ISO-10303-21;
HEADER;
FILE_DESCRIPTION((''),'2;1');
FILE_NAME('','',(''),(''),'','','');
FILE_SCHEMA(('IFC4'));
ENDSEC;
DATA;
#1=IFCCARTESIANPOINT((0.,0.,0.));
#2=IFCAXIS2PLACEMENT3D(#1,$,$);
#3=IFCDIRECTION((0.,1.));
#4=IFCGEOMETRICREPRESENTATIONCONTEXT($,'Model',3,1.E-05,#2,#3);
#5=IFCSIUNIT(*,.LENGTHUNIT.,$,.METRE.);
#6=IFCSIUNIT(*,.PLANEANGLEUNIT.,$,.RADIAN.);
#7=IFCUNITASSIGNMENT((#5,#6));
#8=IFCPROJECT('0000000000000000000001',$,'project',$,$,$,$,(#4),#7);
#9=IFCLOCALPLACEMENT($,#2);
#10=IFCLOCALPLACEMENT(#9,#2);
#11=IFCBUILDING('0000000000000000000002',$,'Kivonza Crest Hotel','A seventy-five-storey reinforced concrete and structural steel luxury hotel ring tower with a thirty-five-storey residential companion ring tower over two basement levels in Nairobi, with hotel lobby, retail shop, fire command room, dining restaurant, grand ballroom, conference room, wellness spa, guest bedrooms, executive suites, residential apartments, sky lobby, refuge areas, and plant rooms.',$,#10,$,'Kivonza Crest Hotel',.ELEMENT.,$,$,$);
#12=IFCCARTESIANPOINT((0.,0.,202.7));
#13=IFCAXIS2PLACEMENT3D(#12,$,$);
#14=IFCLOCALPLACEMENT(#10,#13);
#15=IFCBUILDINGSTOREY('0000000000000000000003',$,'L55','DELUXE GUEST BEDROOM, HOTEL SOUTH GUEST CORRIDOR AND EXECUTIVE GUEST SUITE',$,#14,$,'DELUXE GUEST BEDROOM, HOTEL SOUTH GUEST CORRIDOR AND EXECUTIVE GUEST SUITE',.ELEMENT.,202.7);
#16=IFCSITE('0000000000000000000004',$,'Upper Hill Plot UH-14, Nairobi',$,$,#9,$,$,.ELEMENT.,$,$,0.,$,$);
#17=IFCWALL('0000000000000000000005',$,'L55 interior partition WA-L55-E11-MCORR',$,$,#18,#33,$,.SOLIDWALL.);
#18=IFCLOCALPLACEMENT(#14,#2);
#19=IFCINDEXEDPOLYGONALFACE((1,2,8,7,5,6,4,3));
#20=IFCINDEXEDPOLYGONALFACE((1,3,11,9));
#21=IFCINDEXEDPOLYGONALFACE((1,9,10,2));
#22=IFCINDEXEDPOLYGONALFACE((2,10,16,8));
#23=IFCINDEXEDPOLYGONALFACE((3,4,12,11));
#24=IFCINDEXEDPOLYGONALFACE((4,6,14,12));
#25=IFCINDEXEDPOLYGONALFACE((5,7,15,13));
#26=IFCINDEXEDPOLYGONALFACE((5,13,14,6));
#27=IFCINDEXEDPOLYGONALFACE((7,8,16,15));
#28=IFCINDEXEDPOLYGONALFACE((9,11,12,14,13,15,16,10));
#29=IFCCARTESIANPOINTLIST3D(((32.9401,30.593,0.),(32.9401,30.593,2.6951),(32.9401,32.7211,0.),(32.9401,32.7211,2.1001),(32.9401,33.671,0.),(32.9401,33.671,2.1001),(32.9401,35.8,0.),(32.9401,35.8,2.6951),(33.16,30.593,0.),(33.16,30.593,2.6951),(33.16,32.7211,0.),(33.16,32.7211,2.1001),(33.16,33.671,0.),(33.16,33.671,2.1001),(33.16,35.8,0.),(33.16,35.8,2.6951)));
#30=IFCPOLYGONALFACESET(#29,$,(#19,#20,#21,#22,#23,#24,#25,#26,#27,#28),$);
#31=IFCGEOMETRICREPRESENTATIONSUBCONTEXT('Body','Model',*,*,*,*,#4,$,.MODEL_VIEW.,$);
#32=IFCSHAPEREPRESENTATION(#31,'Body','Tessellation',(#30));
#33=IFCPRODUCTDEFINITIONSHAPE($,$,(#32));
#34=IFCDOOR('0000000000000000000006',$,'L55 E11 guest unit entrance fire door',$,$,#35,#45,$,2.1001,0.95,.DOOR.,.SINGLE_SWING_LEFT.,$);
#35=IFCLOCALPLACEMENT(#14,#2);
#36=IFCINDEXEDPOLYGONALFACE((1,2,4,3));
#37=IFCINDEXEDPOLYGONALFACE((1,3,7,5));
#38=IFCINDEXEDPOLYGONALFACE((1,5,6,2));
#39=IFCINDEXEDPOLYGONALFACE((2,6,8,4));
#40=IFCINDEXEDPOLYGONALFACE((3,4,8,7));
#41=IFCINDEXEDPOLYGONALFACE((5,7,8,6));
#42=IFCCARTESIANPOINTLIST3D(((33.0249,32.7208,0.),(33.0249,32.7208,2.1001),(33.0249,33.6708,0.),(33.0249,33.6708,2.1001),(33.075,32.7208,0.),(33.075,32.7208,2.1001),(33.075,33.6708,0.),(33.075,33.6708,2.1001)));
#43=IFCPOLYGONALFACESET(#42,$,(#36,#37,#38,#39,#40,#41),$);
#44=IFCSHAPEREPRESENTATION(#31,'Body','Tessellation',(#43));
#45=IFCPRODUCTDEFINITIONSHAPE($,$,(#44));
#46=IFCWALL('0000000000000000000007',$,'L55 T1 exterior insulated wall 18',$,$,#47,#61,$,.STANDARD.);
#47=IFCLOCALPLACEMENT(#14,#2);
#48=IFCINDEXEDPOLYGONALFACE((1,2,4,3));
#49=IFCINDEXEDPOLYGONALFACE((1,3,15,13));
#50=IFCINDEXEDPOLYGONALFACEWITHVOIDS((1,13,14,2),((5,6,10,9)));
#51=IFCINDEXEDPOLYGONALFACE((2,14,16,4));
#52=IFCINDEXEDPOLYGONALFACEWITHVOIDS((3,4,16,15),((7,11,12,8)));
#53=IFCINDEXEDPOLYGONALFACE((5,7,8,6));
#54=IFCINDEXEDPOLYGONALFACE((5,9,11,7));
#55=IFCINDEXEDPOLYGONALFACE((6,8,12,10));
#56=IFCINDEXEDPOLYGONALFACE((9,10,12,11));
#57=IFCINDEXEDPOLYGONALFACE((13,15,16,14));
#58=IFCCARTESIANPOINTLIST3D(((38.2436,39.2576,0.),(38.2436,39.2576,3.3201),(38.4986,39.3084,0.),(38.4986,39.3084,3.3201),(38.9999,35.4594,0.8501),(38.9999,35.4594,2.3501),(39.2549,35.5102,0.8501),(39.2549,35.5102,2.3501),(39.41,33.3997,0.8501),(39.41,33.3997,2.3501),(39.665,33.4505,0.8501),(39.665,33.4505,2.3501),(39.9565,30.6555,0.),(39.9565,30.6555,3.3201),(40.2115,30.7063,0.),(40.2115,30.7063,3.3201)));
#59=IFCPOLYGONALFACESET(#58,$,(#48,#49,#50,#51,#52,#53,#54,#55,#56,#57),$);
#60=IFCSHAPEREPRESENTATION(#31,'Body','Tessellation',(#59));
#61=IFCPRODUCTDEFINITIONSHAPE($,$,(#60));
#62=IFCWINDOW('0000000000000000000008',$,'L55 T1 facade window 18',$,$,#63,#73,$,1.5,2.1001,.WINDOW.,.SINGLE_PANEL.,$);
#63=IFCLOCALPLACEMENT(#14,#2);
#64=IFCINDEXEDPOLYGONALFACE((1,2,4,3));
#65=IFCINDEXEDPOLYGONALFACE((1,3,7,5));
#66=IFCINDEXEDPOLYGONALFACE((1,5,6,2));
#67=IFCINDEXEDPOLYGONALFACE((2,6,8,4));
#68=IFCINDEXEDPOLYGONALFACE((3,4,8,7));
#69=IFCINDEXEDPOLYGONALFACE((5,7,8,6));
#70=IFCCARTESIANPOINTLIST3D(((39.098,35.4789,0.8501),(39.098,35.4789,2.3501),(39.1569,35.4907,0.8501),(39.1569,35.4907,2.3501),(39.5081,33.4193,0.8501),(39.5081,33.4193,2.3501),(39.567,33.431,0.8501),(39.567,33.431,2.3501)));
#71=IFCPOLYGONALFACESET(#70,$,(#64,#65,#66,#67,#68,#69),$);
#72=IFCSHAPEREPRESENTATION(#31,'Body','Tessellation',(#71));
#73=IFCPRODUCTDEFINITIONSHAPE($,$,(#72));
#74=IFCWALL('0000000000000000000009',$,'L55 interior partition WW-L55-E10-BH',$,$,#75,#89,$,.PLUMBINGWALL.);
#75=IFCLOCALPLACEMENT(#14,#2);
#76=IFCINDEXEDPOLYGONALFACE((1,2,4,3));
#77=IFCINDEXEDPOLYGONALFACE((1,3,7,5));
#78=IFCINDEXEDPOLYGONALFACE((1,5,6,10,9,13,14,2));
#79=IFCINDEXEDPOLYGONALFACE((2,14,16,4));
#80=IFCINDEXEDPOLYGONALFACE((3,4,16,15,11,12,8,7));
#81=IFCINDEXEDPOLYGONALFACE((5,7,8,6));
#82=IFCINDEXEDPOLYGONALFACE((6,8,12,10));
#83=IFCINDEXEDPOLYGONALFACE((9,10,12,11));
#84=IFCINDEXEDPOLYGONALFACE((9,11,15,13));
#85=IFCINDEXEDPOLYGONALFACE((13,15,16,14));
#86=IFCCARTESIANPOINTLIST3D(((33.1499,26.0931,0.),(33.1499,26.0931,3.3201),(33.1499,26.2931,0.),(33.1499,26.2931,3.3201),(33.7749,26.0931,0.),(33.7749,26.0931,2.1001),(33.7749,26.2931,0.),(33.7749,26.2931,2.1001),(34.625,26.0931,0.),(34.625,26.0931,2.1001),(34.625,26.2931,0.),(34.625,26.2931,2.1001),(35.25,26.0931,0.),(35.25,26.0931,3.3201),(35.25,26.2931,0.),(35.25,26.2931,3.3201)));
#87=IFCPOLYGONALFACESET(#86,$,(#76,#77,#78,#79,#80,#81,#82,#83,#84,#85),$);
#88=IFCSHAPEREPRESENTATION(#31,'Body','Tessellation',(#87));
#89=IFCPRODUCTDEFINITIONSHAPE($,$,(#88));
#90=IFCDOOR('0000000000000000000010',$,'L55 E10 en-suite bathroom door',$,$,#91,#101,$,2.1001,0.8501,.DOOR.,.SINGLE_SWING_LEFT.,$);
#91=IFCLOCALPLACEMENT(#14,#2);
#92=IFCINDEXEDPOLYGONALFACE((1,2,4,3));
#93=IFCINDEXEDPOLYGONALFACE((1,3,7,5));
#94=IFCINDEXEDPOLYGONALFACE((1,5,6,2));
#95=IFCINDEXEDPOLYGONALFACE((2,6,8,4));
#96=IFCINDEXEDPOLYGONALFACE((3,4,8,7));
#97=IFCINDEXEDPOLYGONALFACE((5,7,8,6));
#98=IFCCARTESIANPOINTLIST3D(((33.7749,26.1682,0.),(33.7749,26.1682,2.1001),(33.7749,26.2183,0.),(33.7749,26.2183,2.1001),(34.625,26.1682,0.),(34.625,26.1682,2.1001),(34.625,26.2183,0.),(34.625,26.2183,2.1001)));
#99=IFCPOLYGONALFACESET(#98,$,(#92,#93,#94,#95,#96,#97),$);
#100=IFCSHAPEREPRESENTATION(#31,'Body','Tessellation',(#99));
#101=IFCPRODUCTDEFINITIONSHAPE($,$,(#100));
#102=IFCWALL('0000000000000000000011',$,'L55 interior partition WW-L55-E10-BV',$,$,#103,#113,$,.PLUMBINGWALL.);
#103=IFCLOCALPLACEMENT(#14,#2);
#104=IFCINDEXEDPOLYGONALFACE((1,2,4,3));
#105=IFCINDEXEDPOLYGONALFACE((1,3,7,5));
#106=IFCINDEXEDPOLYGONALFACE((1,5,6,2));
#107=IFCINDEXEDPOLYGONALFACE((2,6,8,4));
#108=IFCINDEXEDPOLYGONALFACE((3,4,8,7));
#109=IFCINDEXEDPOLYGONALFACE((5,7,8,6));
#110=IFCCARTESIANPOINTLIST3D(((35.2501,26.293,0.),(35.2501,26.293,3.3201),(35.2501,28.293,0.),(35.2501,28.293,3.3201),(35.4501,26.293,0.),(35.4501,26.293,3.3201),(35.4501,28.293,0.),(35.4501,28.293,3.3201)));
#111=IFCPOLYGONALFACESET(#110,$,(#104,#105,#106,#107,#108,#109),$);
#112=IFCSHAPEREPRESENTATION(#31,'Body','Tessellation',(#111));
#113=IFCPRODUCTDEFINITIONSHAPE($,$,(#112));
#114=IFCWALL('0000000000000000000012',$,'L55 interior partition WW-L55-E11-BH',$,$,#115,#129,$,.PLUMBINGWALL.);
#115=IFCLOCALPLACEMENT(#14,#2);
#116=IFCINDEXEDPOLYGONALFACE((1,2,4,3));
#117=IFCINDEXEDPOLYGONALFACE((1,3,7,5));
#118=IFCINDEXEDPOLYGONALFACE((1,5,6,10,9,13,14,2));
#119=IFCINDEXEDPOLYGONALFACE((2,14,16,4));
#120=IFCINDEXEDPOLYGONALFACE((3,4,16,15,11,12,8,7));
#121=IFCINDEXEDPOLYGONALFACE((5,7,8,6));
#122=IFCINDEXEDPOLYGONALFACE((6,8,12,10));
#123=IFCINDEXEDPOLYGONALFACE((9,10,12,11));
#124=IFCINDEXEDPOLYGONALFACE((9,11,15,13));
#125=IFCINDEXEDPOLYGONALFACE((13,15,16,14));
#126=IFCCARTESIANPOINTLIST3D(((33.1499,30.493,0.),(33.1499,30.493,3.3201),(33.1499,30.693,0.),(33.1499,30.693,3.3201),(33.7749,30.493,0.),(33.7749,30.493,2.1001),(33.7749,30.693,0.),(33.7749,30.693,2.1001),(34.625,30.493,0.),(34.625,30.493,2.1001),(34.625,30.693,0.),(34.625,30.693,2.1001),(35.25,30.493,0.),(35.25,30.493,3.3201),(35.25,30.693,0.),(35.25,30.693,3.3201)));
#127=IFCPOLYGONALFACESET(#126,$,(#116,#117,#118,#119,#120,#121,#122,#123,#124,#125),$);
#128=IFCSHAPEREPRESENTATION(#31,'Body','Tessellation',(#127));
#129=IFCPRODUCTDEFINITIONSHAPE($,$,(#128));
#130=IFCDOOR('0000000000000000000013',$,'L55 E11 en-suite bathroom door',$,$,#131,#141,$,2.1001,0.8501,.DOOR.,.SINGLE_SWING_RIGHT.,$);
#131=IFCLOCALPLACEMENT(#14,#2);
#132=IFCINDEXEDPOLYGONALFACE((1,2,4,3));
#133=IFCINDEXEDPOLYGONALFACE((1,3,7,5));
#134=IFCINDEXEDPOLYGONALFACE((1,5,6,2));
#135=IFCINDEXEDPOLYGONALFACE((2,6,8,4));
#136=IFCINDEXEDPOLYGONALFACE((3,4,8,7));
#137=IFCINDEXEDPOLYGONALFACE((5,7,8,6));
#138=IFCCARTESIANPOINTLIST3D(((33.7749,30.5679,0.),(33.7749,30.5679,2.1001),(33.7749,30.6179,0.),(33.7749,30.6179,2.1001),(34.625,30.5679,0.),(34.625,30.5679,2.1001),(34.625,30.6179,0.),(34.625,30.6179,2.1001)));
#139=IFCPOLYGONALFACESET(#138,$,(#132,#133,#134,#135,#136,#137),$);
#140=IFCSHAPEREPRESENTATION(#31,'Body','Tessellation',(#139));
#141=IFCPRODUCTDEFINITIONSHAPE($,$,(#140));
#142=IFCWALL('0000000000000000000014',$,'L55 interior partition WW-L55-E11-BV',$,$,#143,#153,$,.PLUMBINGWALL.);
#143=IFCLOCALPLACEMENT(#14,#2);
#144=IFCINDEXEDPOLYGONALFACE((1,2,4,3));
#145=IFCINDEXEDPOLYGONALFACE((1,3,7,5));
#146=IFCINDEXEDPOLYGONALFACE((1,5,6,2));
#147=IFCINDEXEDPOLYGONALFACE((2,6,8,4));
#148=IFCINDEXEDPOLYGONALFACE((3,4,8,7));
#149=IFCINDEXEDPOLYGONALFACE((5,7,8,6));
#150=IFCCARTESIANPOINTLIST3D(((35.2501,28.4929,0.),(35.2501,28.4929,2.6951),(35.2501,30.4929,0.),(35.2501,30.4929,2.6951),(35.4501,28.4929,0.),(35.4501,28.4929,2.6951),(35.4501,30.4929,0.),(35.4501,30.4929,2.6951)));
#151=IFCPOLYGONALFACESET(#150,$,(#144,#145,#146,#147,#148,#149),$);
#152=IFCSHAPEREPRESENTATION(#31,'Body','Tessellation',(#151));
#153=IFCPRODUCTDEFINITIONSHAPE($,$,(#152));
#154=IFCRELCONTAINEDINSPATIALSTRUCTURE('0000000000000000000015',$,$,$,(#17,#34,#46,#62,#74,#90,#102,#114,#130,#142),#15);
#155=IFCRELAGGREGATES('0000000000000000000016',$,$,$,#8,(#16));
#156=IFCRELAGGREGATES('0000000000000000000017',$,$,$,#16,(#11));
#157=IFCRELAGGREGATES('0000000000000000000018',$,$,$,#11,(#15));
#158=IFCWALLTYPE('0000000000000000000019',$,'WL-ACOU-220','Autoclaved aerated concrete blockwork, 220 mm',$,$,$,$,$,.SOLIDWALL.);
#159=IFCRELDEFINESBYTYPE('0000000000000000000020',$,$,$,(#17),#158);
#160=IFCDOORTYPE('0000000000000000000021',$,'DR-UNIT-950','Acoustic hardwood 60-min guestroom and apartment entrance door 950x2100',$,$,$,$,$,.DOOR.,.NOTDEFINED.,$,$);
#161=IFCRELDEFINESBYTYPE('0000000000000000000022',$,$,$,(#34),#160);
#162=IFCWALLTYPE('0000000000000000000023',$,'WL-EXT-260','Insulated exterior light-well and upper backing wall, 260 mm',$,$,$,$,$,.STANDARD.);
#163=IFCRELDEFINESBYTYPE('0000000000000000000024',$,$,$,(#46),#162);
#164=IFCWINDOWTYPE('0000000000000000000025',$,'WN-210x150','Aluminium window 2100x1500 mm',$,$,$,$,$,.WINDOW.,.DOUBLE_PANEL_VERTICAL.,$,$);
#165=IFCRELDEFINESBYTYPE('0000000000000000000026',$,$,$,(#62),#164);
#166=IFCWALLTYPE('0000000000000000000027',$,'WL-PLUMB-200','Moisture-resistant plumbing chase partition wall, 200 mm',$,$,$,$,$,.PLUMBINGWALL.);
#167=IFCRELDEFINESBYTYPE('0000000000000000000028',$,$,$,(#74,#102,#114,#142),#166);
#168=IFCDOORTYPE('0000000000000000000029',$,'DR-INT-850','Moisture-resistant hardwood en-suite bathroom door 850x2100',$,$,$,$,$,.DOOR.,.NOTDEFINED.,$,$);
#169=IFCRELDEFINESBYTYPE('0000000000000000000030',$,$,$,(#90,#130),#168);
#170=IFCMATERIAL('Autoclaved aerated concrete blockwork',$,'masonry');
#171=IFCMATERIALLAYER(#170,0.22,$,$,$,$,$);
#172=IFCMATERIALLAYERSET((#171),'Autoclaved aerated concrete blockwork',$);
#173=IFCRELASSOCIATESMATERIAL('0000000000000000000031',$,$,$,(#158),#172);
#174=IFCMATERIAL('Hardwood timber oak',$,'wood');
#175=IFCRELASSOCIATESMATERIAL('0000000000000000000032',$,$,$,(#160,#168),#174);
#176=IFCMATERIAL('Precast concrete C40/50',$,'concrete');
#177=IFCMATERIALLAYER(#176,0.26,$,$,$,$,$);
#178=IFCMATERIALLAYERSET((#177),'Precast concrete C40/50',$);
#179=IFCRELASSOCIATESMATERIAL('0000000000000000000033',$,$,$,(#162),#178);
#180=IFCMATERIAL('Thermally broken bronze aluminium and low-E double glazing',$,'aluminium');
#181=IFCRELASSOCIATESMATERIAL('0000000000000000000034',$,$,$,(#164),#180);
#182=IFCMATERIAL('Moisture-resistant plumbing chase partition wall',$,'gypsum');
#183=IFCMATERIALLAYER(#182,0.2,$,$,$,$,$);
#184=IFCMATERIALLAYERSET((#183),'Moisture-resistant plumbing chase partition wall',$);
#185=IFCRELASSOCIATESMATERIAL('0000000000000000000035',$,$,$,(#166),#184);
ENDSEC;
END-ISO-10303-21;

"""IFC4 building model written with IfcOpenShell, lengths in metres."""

from ifc_helpers import new_model, si_unit, direction, frame, frame_2d, origin, place, context, subcontext, project, spatial, rectangle, extrude, material, layer, layer_set, type_object, element, fill, save


model = new_model("IFC4")

# Units and contexts
model_context = context("Model", 3, precision=1e-05, world=origin(), true_north=direction((0.0, 1.0)))
body_context = subcontext(model_context, "Body", "Model", "MODEL_VIEW")
ifc_project = project(units=[si_unit("LENGTHUNIT", "METRE"), si_unit("PLANEANGLEUNIT", "RADIAN")], contexts=[model_context])

# Site, building, storey
site_placement = place(None, origin())
site = spatial("IfcSite", under=ifc_project, at=site_placement, Name="Upper Hill Plot UH-14, Nairobi", CompositionType="ELEMENT", RefElevation=0.0)
building_placement = place(site_placement, origin())
building = spatial("IfcBuilding", under=site, at=building_placement, Name="Kivonza Crest Hotel", Description="A seventy-five-storey reinforced concrete and structural steel luxury hotel ring tower with a thirty-five-storey residential companion ring tower over two basement levels in Nairobi, with hotel lobby, retail shop, fire command room, dining restaurant, grand ballroom, conference room, wellness spa, guest bedrooms, executive suites, residential apartments, sky lobby, refuge areas, and plant rooms.", LongName="Kivonza Crest Hotel", CompositionType="ELEMENT")
storey_placement = place(building_placement, frame((0.0, 0.0, 202.7)))
storey = spatial("IfcBuildingStorey", under=building, at=storey_placement, Name="L55", Description="DELUXE GUEST BEDROOM, HOTEL SOUTH GUEST CORRIDOR AND EXECUTIVE GUEST SUITE", LongName="DELUXE GUEST BEDROOM, HOTEL SOUTH GUEST CORRIDOR AND EXECUTIVE GUEST SUITE", CompositionType="ELEMENT", Elevation=202.7)

# Shared definitions
ifc_material_1 = material(Name="Autoclaved aerated concrete blockwork", Category="masonry")
ifc_layer_1 = layer(ifc_material_1, 0.22)
ifc_layer_set_1 = layer_set([ifc_layer_1], Name="Autoclaved aerated concrete blockwork")
wall_type_1 = type_object("IfcWallType", Name="WL-ACOU-220", Description="Autoclaved aerated concrete blockwork, 220 mm", PredefinedType="SOLIDWALL", material=ifc_layer_set_1)

# Wall, opening, door
wall_1_placement = place(storey_placement, frame((33.05, 30.593, 0.0), z_axis=(0.0, 0.0, 1.0), x_axis=(0.0, 1.0, 0.0)))
wall_1 = element("IfcWall", 1, at=wall_1_placement, inside=storey, type_object=wall_type_1, Name="L55 interior partition WA-L55-E11-MCORR", PredefinedType="SOLIDWALL", context=body_context, shape_type="SweptSolid", body=[
    extrude(rectangle(XDim=5.207, YDim=0.22, at=frame_2d((2.6035, 0.0))), origin(), (0.0, 0.0, 1.0), 2.6951),
])
opening_1_placement = place(wall_1_placement, frame((2.1279, 0.0, 0.0)))
opening_1 = element("IfcOpeningElement", 2, at=opening_1_placement, cuts=wall_1, PredefinedType="OPENING", context=body_context, shape_type="SweptSolid", body=[
    extrude(rectangle(XDim=0.95, YDim=2.1001, at=frame_2d((0.4751, 1.05))), frame((0.0, 0.1201, 0.0), z_axis=(0.0, -1.0, 0.0), x_axis=(1.0, 0.0, 0.0)), (0.0, 0.0, 1.0), 0.24),
])
ifc_material_2 = material(Name="Hardwood timber oak", Category="wood")
door_type_1 = type_object("IfcDoorType", Name="DR-UNIT-950", Description="Acoustic hardwood 60-min guestroom and apartment entrance door 950x2100", OperationType="NOTDEFINED", PredefinedType="DOOR", material=ifc_material_2)
door_1_placement = place(opening_1_placement, frame((0.95, 0.0, 0.0), z_axis=(0.0, 0.0, 1.0), x_axis=(-1.0, 0.0, 0.0)))
door_1 = element("IfcDoor", 3, at=door_1_placement, inside=storey, type_object=door_type_1, Name="L55 E11 guest unit entrance fire door", OperationType="SINGLE_SWING_LEFT", OverallHeight=2.1001, OverallWidth=0.95, PredefinedType="DOOR", context=body_context, shape_type="SweptSolid", body=[
    extrude(rectangle(XDim=0.95, YDim=2.1001, at=frame_2d((0.4751, 1.05))), frame((0.0, 0.0249, 0.0), z_axis=(0.0, -1.0, 0.0), x_axis=(1.0, 0.0, 0.0)), (0.0, 0.0, 1.0), 0.05),
])
fill(opening_1, door_1)

# Wall, opening, window
ifc_material_3 = material(Name="Precast concrete C40/50", Category="concrete")
ifc_layer_2 = layer(ifc_material_3, 0.26)
ifc_layer_set_2 = layer_set([ifc_layer_2], Name="Precast concrete C40/50")
wall_type_2 = type_object("IfcWallType", Name="WL-EXT-260", Description="Insulated exterior light-well and upper backing wall, 260 mm", PredefinedType="STANDARD", material=ifc_layer_set_2)
wall_2_placement = place(storey_placement, frame((40.084, 30.6809, 0.0), z_axis=(0.0, 0.0, 1.0), x_axis=(-0.195292, 0.980745, 0.0)))
wall_2 = element("IfcWall", 4, at=wall_2_placement, inside=storey, type_object=wall_type_2, Name="L55 T1 exterior insulated wall 18", PredefinedType="STANDARD", context=body_context, shape_type="SweptSolid", body=[
    extrude(rectangle(XDim=8.771, YDim=0.26, at=frame_2d((4.3855, 0.0))), origin(), (0.0, 0.0, 1.0), 3.3201),
])
opening_2_placement = place(wall_2_placement, frame((2.7981, 0.0, 0.8501)))
opening_2 = element("IfcOpeningElement", 5, at=opening_2_placement, cuts=wall_2, PredefinedType="OPENING", context=body_context, shape_type="SweptSolid", body=[
    extrude(rectangle(XDim=2.1001, YDim=1.5, at=frame_2d((1.05, 0.75))), frame((0.0, 0.1401, 0.0), z_axis=(0.0, -1.0, 0.0), x_axis=(1.0, 0.0, 0.0)), (0.0, 0.0, 1.0), 0.28),
])
ifc_material_4 = material(Name="Thermally broken bronze aluminium and low-E double glazing", Category="aluminium")
window_type = type_object("IfcWindowType", Name="WN-210x150", Description="Aluminium window 2100x1500 mm", PartitioningType="DOUBLE_PANEL_VERTICAL", PredefinedType="WINDOW", material=ifc_material_4)
window_placement = place(opening_2_placement, origin())
window = element("IfcWindow", 6, at=window_placement, inside=storey, type_object=window_type, Name="L55 T1 facade window 18", OverallHeight=1.5, OverallWidth=2.1001, PartitioningType="SINGLE_PANEL", PredefinedType="WINDOW", context=body_context, shape_type="SweptSolid", body=[
    extrude(rectangle(XDim=2.1001, YDim=1.5, at=frame_2d((1.05, 0.75))), frame((0.0, 0.03, 0.0), z_axis=(0.0, -1.0, 0.0), x_axis=(1.0, 0.0, 0.0)), (0.0, 0.0, 1.0), 0.0601),
])
fill(opening_2, window)

# Wall, opening, door
ifc_material_5 = material(Name="Moisture-resistant plumbing chase partition wall", Category="gypsum")
ifc_layer_3 = layer(ifc_material_5, 0.2)
ifc_layer_set_3 = layer_set([ifc_layer_3], Name="Moisture-resistant plumbing chase partition wall")
wall_type_3 = type_object("IfcWallType", Name="WL-PLUMB-200", Description="Moisture-resistant plumbing chase partition wall, 200 mm", PredefinedType="PLUMBINGWALL", material=ifc_layer_set_3)
wall_3_placement = place(storey_placement, frame((33.1499, 26.1931, 0.0), z_axis=(0.0, 0.0, 1.0), x_axis=(1.0, 0.0, 0.0)))
wall_3 = element("IfcWall", 7, at=wall_3_placement, inside=storey, type_object=wall_type_3, Name="L55 interior partition WW-L55-E10-BH", PredefinedType="PLUMBINGWALL", context=body_context, shape_type="SweptSolid", body=[
    extrude(rectangle(XDim=2.1001, YDim=0.2, at=frame_2d((1.05, 0.0))), origin(), (0.0, 0.0, 1.0), 3.3201),
])
opening_3_placement = place(wall_3_placement, frame((0.625, 0.0, 0.0)))
opening_3 = element("IfcOpeningElement", 8, at=opening_3_placement, cuts=wall_3, PredefinedType="OPENING", context=body_context, shape_type="SweptSolid", body=[
    extrude(rectangle(XDim=0.8501, YDim=2.1001, at=frame_2d((0.425, 1.05))), frame((0.0, 0.1099, 0.0), z_axis=(0.0, -1.0, 0.0), x_axis=(1.0, 0.0, 0.0)), (0.0, 0.0, 1.0), 0.22),
])
door_type_2 = type_object("IfcDoorType", Name="DR-INT-850", Description="Moisture-resistant hardwood en-suite bathroom door 850x2100", OperationType="NOTDEFINED", PredefinedType="DOOR", material=ifc_material_2)
door_2_placement = place(opening_3_placement, frame((0.8501, 0.0, 0.0), z_axis=(0.0, 0.0, 1.0), x_axis=(-1.0, 0.0, 0.0)))
door_2 = element("IfcDoor", 9, at=door_2_placement, inside=storey, type_object=door_type_2, Name="L55 E10 en-suite bathroom door", OperationType="SINGLE_SWING_LEFT", OverallHeight=2.1001, OverallWidth=0.8501, PredefinedType="DOOR", context=body_context, shape_type="SweptSolid", body=[
    extrude(rectangle(XDim=0.8501, YDim=2.1001, at=frame_2d((0.425, 1.05))), frame((0.0, 0.0249, 0.0), z_axis=(0.0, -1.0, 0.0), x_axis=(1.0, 0.0, 0.0)), (0.0, 0.0, 1.0), 0.05),
])
fill(opening_3, door_2)

# Wall
wall_4_placement = place(storey_placement, frame((35.3501, 26.293, 0.0), z_axis=(0.0, 0.0, 1.0), x_axis=(0.0, 1.0, 0.0)))
element("IfcWall", 10, at=wall_4_placement, inside=storey, type_object=wall_type_3, Name="L55 interior partition WW-L55-E10-BV", PredefinedType="PLUMBINGWALL", context=body_context, shape_type="SweptSolid", body=[
    extrude(rectangle(XDim=2.0, YDim=0.2, at=frame_2d((1.0, 0.0))), origin(), (0.0, 0.0, 1.0), 3.3201),
])

# Wall, opening, door
wall_5_placement = place(storey_placement, frame((33.1499, 30.593, 0.0), z_axis=(0.0, 0.0, 1.0), x_axis=(1.0, 0.0, 0.0)))
wall_5 = element("IfcWall", 11, at=wall_5_placement, inside=storey, type_object=wall_type_3, Name="L55 interior partition WW-L55-E11-BH", PredefinedType="PLUMBINGWALL", context=body_context, shape_type="SweptSolid", body=[
    extrude(rectangle(XDim=2.1001, YDim=0.2, at=frame_2d((1.05, 0.0))), origin(), (0.0, 0.0, 1.0), 3.3201),
])
opening_4_placement = place(wall_5_placement, frame((0.625, 0.0, 0.0)))
opening_4 = element("IfcOpeningElement", 12, at=opening_4_placement, cuts=wall_5, PredefinedType="OPENING", context=body_context, shape_type="SweptSolid", body=[
    extrude(rectangle(XDim=0.8501, YDim=2.1001, at=frame_2d((0.425, 1.05))), frame((0.0, 0.1099, 0.0), z_axis=(0.0, -1.0, 0.0), x_axis=(1.0, 0.0, 0.0)), (0.0, 0.0, 1.0), 0.22),
])
door_3_placement = place(opening_4_placement, origin())
door_3 = element("IfcDoor", 13, at=door_3_placement, inside=storey, type_object=door_type_2, Name="L55 E11 en-suite bathroom door", OperationType="SINGLE_SWING_RIGHT", OverallHeight=2.1001, OverallWidth=0.8501, PredefinedType="DOOR", context=body_context, shape_type="SweptSolid", body=[
    extrude(rectangle(XDim=0.8501, YDim=2.1001, at=frame_2d((0.425, 1.05))), frame((0.0, 0.0249, 0.0), z_axis=(0.0, -1.0, 0.0), x_axis=(1.0, 0.0, 0.0)), (0.0, 0.0, 1.0), 0.05),
])
fill(opening_4, door_3)

# Wall
wall_6_placement = place(storey_placement, frame((35.3501, 28.4929, 0.0), z_axis=(0.0, 0.0, 1.0), x_axis=(0.0, 1.0, 0.0)))
element("IfcWall", 14, at=wall_6_placement, inside=storey, type_object=wall_type_3, Name="L55 interior partition WW-L55-E11-BV", PredefinedType="PLUMBINGWALL", context=body_context, shape_type="SweptSolid", body=[
    extrude(rectangle(XDim=2.0, YDim=0.2, at=frame_2d((1.0, 0.0))), origin(), (0.0, 0.0, 1.0), 2.6951),
])

save(model, "model.ifc")
